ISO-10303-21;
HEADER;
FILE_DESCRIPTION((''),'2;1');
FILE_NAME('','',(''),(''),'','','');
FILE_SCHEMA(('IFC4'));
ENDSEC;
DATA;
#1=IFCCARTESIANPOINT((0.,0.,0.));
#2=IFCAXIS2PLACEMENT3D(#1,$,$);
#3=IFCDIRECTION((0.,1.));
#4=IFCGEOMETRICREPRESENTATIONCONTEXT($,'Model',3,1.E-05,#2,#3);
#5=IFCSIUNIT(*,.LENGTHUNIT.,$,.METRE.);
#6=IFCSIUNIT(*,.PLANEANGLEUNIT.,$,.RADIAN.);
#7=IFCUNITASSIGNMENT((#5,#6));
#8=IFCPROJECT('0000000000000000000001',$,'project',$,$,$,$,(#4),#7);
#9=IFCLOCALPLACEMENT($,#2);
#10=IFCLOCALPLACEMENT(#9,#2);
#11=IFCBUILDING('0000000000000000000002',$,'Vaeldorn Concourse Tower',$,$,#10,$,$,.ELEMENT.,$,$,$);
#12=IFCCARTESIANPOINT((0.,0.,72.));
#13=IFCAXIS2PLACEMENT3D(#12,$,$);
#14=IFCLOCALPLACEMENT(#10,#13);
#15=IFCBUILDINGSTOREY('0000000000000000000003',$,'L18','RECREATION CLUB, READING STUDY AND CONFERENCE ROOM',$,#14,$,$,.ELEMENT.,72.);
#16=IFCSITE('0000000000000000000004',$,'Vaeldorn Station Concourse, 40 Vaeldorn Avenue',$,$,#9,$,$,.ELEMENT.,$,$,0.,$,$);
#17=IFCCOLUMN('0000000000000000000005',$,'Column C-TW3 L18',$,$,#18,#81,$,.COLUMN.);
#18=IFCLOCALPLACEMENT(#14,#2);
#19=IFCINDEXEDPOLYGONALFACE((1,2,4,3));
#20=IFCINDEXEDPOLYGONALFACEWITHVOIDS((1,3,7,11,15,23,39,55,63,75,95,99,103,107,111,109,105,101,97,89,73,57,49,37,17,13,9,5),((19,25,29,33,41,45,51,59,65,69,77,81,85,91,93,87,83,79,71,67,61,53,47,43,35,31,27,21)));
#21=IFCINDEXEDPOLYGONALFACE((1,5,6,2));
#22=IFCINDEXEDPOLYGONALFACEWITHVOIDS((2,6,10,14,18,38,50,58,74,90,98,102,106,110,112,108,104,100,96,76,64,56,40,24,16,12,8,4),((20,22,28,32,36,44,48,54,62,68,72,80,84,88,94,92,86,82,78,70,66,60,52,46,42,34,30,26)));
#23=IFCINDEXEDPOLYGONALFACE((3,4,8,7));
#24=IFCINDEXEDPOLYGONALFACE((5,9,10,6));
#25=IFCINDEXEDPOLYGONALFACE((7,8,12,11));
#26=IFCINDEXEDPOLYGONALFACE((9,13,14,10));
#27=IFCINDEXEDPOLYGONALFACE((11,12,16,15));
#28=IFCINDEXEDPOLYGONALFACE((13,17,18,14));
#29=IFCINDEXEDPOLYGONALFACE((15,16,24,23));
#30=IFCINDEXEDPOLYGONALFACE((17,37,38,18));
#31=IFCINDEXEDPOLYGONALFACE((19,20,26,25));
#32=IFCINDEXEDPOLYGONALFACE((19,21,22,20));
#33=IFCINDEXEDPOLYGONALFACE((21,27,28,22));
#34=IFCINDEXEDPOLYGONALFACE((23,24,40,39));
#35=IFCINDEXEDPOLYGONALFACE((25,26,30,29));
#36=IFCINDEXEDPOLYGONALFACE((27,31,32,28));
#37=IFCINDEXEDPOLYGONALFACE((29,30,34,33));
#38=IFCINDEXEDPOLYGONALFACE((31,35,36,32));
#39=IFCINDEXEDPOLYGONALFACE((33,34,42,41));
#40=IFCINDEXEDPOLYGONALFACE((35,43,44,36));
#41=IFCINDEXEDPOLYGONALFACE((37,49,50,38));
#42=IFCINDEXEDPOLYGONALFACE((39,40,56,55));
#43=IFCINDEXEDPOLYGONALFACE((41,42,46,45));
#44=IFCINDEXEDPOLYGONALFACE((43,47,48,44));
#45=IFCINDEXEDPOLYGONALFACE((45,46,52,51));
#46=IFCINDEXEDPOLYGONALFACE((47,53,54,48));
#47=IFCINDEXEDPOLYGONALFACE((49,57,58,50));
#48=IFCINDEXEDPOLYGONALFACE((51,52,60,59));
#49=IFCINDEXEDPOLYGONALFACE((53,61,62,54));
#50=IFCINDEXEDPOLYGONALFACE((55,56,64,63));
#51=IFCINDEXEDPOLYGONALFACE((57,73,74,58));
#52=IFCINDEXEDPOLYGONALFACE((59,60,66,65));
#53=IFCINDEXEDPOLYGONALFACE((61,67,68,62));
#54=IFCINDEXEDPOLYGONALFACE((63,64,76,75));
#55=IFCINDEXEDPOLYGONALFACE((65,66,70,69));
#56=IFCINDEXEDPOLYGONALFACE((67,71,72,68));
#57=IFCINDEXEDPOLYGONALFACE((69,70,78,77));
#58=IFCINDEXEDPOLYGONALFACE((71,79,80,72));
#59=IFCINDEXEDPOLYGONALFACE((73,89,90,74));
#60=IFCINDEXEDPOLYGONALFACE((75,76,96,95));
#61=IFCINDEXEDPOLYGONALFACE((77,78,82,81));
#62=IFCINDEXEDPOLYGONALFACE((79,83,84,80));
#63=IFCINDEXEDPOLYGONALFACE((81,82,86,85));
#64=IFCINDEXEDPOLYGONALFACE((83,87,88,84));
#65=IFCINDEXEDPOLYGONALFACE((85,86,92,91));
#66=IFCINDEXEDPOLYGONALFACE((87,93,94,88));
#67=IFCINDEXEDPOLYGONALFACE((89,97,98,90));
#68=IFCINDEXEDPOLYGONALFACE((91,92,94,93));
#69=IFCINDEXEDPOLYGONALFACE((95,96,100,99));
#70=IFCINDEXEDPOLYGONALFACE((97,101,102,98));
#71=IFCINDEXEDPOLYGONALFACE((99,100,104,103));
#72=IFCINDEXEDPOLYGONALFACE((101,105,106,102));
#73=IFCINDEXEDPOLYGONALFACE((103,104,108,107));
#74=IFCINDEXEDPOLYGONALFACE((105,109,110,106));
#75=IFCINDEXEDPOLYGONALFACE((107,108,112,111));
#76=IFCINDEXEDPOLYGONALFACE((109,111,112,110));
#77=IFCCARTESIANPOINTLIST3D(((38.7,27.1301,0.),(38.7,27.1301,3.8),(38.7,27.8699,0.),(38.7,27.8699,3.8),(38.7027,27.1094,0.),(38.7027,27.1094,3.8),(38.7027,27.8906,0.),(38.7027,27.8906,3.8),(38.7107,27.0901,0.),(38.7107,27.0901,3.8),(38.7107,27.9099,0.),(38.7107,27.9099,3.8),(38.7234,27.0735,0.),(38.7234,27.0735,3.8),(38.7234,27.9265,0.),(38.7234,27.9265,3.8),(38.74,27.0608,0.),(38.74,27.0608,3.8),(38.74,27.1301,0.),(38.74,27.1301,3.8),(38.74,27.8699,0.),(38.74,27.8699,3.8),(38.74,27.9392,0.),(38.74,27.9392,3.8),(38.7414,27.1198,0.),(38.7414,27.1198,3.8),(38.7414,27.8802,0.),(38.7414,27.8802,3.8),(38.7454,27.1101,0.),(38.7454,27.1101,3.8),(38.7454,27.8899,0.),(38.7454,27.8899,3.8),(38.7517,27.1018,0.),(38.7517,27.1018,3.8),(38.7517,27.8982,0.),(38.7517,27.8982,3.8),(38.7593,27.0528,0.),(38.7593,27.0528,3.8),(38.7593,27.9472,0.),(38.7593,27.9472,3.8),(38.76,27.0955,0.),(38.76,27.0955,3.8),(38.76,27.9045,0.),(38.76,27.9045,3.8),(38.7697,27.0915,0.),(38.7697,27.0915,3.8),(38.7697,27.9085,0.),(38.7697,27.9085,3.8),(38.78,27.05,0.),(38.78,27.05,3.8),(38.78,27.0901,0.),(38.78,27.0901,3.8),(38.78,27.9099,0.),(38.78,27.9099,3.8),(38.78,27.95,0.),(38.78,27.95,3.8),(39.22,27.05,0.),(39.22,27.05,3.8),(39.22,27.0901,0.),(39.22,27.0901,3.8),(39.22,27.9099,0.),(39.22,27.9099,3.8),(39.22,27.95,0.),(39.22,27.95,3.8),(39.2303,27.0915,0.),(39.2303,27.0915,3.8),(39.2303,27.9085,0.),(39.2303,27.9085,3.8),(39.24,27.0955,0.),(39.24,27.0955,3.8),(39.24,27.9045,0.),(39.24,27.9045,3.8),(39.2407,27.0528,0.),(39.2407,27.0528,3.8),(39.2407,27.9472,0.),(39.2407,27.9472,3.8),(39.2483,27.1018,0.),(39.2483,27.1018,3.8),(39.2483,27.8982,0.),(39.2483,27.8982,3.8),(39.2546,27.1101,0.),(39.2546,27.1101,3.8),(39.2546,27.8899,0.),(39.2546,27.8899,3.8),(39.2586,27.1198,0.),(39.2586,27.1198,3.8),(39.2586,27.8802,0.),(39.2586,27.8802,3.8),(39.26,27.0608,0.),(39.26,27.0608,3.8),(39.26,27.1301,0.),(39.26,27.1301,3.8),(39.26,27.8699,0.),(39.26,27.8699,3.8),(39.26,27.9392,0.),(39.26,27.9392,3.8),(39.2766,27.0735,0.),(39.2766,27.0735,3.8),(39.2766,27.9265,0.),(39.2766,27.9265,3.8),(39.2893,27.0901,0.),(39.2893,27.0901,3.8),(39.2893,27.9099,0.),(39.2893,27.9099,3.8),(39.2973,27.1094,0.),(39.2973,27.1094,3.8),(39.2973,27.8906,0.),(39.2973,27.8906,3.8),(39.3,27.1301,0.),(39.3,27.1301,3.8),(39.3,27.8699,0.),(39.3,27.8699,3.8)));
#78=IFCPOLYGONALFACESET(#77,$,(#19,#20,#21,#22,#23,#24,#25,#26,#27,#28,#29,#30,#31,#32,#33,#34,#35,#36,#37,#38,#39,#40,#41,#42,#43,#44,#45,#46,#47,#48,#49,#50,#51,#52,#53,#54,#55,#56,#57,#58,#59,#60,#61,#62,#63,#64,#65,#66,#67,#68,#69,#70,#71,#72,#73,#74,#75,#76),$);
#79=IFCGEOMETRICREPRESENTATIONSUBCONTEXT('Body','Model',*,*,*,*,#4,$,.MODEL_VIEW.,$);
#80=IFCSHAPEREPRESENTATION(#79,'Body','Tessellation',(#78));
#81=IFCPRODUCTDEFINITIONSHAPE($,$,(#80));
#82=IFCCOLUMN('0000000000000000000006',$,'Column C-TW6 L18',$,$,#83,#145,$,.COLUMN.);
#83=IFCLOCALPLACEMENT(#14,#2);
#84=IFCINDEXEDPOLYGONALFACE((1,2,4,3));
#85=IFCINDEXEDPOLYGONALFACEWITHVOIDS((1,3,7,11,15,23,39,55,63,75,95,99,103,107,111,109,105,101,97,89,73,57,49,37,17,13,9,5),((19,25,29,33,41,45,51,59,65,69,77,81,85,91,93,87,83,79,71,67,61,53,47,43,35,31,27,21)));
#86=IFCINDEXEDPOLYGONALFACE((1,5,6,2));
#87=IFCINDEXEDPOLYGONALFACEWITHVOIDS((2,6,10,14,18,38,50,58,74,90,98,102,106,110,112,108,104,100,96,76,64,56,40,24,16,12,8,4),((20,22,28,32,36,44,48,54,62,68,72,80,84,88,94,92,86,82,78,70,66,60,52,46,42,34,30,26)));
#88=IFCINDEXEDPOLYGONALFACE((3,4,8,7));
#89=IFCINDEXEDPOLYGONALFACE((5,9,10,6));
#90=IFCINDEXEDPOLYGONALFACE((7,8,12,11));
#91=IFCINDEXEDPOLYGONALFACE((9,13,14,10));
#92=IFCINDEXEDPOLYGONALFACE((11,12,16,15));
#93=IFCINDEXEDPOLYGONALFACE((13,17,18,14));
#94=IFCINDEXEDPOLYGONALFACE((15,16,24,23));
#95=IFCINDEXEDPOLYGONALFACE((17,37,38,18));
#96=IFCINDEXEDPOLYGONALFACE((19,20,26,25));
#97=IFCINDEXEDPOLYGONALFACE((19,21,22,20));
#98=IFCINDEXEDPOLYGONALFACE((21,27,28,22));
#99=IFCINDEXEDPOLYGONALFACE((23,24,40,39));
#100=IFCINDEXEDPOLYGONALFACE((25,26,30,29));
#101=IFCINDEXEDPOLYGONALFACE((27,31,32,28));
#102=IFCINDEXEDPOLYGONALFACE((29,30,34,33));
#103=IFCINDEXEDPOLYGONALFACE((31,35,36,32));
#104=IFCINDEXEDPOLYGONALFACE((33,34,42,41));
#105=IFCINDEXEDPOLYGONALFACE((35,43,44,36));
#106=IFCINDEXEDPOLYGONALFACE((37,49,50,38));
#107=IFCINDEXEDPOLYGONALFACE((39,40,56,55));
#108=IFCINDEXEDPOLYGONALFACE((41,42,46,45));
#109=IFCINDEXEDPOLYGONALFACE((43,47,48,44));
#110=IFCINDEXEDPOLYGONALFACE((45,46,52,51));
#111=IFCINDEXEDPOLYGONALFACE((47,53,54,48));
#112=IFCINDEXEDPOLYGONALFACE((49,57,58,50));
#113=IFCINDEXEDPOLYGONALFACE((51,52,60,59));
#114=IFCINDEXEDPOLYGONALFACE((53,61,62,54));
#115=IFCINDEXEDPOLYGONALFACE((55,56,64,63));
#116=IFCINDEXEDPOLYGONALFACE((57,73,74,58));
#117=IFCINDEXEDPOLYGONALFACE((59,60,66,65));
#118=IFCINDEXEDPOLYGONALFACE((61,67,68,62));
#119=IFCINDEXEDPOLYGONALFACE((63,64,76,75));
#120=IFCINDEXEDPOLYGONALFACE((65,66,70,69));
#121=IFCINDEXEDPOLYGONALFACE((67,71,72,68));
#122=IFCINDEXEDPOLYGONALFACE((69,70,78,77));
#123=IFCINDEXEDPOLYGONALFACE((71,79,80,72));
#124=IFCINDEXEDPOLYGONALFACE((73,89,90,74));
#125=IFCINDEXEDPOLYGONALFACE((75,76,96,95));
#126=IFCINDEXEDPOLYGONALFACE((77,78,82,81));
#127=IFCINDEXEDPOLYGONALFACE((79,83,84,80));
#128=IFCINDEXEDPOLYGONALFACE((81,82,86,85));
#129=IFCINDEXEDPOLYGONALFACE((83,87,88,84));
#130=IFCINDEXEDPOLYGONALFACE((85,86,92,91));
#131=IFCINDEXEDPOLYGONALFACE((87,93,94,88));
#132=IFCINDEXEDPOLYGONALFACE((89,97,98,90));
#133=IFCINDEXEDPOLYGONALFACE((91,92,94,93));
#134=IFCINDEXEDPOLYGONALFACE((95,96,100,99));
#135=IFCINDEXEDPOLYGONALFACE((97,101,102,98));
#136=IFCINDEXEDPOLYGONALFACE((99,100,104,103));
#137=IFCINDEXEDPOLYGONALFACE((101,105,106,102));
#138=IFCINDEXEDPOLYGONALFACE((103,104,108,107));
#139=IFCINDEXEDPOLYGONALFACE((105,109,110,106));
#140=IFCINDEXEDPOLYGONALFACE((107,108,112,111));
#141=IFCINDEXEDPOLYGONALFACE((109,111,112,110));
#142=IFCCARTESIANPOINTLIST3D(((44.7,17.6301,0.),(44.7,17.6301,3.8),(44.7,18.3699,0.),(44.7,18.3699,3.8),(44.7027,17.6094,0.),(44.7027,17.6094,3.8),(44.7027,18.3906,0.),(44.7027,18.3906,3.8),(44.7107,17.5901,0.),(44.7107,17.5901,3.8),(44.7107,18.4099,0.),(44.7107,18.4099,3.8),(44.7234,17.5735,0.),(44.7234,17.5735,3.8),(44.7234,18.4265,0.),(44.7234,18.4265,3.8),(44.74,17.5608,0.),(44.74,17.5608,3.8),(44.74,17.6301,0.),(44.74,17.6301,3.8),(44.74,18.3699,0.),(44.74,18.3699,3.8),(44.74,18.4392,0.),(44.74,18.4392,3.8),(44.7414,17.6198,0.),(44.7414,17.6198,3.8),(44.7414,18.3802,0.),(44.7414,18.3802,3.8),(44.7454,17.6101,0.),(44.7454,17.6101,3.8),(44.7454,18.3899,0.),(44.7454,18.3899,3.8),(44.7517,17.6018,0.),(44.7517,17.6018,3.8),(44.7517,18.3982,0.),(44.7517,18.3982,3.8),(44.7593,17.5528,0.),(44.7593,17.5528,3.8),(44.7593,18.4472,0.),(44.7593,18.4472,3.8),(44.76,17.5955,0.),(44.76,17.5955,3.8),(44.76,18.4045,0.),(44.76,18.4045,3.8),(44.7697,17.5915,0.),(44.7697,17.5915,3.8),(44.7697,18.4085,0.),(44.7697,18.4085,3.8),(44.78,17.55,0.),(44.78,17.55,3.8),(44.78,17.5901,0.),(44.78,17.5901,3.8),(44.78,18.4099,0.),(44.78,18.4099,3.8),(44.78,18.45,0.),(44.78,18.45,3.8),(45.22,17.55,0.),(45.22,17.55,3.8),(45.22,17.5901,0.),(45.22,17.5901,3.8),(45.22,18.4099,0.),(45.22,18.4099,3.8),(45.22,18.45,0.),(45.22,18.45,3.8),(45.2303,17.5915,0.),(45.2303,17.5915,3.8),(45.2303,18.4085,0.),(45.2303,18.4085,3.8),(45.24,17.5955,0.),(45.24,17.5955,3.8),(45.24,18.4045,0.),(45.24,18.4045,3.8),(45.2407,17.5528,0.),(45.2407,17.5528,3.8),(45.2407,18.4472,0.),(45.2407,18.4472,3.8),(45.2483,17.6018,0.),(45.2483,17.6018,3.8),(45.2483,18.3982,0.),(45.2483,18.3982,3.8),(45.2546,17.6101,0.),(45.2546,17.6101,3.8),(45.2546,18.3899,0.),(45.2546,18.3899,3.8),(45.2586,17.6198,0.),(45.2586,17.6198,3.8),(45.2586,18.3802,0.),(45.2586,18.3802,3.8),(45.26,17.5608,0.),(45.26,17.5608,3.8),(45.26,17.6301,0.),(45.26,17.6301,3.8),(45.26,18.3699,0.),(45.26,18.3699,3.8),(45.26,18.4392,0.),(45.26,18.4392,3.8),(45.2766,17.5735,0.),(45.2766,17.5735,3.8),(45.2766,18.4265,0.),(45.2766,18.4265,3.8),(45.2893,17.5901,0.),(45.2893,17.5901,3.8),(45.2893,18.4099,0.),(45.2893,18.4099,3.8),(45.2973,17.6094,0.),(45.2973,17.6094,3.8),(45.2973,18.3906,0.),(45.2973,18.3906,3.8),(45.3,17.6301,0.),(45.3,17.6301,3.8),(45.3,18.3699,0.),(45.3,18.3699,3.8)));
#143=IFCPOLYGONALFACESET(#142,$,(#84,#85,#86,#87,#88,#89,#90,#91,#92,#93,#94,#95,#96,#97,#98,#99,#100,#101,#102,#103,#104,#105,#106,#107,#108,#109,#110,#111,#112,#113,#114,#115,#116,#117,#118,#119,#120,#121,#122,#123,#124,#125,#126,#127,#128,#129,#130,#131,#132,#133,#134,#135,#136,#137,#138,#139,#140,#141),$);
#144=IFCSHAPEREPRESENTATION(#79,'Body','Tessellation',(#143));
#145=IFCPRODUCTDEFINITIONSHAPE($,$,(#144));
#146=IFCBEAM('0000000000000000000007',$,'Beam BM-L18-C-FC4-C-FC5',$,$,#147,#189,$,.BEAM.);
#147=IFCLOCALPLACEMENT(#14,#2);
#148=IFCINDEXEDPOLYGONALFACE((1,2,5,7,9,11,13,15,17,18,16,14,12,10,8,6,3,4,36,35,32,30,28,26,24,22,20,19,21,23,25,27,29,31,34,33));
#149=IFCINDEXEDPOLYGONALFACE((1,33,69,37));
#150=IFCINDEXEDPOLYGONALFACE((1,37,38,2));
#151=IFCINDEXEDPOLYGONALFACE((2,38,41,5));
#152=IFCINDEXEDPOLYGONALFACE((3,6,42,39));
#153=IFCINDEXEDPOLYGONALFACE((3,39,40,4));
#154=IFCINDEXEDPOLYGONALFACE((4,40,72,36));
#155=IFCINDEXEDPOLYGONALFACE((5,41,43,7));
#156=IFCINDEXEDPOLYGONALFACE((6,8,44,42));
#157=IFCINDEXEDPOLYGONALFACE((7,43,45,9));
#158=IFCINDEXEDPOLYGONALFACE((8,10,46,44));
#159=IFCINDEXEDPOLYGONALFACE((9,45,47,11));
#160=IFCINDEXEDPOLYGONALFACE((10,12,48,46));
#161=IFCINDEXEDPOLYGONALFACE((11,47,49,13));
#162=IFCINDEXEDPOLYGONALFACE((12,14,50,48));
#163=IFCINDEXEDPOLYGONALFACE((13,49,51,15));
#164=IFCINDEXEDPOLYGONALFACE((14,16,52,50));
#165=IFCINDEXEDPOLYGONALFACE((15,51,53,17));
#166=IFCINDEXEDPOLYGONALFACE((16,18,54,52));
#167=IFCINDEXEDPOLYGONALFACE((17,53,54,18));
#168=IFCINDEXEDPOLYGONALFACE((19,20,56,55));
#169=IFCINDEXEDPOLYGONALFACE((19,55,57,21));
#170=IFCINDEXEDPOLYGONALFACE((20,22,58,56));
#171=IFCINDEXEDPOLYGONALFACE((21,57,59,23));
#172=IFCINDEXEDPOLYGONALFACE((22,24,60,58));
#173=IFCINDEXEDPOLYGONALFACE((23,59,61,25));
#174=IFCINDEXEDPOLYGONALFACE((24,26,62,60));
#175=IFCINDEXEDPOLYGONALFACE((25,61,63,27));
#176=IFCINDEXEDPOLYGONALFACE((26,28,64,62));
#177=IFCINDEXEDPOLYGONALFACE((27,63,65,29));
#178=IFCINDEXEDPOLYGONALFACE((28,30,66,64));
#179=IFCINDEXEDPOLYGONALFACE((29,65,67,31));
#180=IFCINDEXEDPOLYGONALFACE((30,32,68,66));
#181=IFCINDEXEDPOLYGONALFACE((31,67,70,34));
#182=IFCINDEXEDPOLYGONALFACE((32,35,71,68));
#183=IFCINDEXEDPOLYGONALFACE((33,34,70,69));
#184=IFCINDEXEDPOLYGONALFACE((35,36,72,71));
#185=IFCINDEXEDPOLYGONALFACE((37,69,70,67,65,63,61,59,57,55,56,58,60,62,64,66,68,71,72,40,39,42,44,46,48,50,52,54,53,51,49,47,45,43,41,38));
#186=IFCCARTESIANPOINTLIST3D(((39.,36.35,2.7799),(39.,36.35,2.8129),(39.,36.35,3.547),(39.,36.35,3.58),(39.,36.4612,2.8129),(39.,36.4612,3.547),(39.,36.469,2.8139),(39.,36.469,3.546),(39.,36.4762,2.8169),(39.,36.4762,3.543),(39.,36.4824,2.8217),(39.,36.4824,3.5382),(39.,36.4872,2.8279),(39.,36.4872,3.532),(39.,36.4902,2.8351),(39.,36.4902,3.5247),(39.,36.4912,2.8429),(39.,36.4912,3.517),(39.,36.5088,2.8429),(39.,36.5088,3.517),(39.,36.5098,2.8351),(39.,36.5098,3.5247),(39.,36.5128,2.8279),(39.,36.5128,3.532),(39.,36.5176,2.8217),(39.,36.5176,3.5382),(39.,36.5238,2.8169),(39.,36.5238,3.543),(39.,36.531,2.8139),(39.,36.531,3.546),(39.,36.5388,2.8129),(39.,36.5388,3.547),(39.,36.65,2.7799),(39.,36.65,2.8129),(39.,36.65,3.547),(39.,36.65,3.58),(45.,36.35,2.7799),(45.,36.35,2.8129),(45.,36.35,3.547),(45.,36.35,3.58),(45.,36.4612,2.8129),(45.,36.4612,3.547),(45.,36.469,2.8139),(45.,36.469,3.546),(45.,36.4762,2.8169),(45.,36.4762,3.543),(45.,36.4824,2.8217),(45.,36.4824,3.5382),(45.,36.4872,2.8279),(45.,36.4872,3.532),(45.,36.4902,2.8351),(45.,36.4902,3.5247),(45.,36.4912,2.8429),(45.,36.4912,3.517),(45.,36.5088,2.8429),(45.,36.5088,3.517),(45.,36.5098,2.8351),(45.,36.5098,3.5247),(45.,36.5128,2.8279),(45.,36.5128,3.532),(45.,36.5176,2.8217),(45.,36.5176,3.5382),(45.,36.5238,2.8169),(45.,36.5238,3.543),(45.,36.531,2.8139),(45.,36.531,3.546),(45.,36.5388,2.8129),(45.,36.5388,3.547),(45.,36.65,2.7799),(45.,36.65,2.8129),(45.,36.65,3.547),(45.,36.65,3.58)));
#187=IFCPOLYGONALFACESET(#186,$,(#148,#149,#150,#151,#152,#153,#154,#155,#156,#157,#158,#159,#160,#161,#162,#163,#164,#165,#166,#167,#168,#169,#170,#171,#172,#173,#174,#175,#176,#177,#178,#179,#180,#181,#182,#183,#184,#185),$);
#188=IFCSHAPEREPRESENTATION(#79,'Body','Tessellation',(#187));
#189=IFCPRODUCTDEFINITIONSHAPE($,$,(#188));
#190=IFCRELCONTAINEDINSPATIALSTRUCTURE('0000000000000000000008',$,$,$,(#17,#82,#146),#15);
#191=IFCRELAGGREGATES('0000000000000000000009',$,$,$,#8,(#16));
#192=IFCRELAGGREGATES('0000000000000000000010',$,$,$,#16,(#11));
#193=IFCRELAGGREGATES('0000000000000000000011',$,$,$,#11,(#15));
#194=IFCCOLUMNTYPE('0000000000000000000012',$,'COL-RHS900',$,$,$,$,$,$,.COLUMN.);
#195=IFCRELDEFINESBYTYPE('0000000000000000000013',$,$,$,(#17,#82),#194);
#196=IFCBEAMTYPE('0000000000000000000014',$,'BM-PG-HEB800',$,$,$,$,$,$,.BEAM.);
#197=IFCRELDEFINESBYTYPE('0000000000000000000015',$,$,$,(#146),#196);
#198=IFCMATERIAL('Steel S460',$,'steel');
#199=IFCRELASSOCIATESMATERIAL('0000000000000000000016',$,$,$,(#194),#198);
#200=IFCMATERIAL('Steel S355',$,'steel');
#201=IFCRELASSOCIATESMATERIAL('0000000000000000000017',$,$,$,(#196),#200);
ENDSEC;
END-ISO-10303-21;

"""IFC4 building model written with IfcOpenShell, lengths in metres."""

from ifc_helpers import new_model, si_unit, direction, frame, origin, origin_2d, place, context, subcontext, project, spatial, hollow_rectangle, i_section, extrude, source, transform, mapped, material, material_profile, profile_set, type_object, element, save


model = new_model("IFC4")

# Units and contexts
model_context = context("Model", 3, precision=1e-05, world=origin(), true_north=direction((0.0, 1.0)))
body_context = subcontext(model_context, "Body", "Model", "MODEL_VIEW")
ifc_project = project(units=[si_unit("LENGTHUNIT", "METRE"), si_unit("PLANEANGLEUNIT", "RADIAN")], contexts=[model_context])

# Site, building, storey
site_placement = place(None, origin())
site = spatial("IfcSite", under=ifc_project, at=site_placement, Name="Vaeldorn Station Concourse, 40 Vaeldorn Avenue", CompositionType="ELEMENT", RefElevation=0.0)
building_placement = place(site_placement, origin())
building = spatial("IfcBuilding", under=site, at=building_placement, Name="Vaeldorn Concourse Tower", CompositionType="ELEMENT")
storey_placement = place(building_placement, frame((0.0, 0.0, 72.0)))
storey = spatial("IfcBuildingStorey", under=building, at=storey_placement, Name="L18", Description="RECREATION CLUB, READING STUDY AND CONFERENCE ROOM", CompositionType="ELEMENT", Elevation=72.0)

# Columns
ifc_material_1 = material(Name="Steel S460", Category="steel")
ifc_material_profile_1 = material_profile(ifc_material_1, hollow_rectangle(XDim=0.6001, YDim=0.8999, WallThickness=0.04, InnerFilletRadius=0.04, OuterFilletRadius=0.0801, at=origin_2d()), Name="RHS 900x600x40")
ifc_profile_set_1 = profile_set([ifc_material_profile_1], Name="Steel S460")
column_type_1 = type_object("IfcColumnType", Name="COL-RHS900", PredefinedType="COLUMN", material=ifc_profile_set_1)
shared_shape_1 = source(origin(), body_context, "Body", "SweptSolid", [
    extrude(hollow_rectangle(XDim=0.6001, YDim=0.8999, WallThickness=0.04, InnerFilletRadius=0.04, OuterFilletRadius=0.0801, at=origin_2d()), origin(), (0.0, 0.0, 1.0), 3.8),
])
for number, where, z_axis, x_axis, name in (
    (1, (39.0, 27.5, 0.0), (0.0, 0.0, 1.0), (1.0, 0.0, 0.0), "Column C-TW3 L18"),
    (2, (45.0, 18.0, 0.0), (0.0, 0.0, 1.0), (1.0, 0.0, 0.0), "Column C-TW6 L18"),
):
    element("IfcColumn", number, at=place(storey_placement, frame(where, z_axis=z_axis, x_axis=x_axis)), inside=storey, type_object=column_type_1, Name=name, PredefinedType="COLUMN", context=body_context, shape_type="MappedRepresentation", body=[
        mapped(shared_shape_1, transform((0.0, 0.0, 0.0), scale=1.0)),
    ])

# Beam
ifc_material_2 = material(Name="Steel S355", Category="steel")
ifc_material_profile_2 = material_profile(ifc_material_2, i_section(OverallWidth=0.3, OverallDepth=0.8, WebThickness=0.0176, FlangeThickness=0.033, FilletRadius=0.03, at=origin_2d()), Name="HEB 800")
ifc_profile_set_2 = profile_set([ifc_material_profile_2], Name="Steel S355")
beam_type_1 = type_object("IfcBeamType", Name="BM-PG-HEB800", PredefinedType="BEAM", material=ifc_profile_set_2)
shared_shape_2 = source(origin(), body_context, "Body", "SweptSolid", [
    extrude(i_section(OverallWidth=0.3, OverallDepth=0.8, WebThickness=0.0176, FlangeThickness=0.033, FilletRadius=0.03, at=origin_2d()), origin(), (0.0, 0.0, 1.0), 6.0),
])
for number, where, z_axis, x_axis, name in (
    (3, (39.0, 36.5, 3.1799), (1.0, 0.0, 0.0), (0.0, 1.0, 0.0), "Beam BM-L18-C-FC4-C-FC5"),
):
    element("IfcBeam", number, at=place(storey_placement, frame(where, z_axis=z_axis, x_axis=x_axis)), inside=storey, type_object=beam_type_1, Name=name, PredefinedType="BEAM", context=body_context, shape_type="MappedRepresentation", body=[
        mapped(shared_shape_2, transform((0.0, 0.0, 0.0), scale=1.0)),
    ])

save(model, "model.ifc")
